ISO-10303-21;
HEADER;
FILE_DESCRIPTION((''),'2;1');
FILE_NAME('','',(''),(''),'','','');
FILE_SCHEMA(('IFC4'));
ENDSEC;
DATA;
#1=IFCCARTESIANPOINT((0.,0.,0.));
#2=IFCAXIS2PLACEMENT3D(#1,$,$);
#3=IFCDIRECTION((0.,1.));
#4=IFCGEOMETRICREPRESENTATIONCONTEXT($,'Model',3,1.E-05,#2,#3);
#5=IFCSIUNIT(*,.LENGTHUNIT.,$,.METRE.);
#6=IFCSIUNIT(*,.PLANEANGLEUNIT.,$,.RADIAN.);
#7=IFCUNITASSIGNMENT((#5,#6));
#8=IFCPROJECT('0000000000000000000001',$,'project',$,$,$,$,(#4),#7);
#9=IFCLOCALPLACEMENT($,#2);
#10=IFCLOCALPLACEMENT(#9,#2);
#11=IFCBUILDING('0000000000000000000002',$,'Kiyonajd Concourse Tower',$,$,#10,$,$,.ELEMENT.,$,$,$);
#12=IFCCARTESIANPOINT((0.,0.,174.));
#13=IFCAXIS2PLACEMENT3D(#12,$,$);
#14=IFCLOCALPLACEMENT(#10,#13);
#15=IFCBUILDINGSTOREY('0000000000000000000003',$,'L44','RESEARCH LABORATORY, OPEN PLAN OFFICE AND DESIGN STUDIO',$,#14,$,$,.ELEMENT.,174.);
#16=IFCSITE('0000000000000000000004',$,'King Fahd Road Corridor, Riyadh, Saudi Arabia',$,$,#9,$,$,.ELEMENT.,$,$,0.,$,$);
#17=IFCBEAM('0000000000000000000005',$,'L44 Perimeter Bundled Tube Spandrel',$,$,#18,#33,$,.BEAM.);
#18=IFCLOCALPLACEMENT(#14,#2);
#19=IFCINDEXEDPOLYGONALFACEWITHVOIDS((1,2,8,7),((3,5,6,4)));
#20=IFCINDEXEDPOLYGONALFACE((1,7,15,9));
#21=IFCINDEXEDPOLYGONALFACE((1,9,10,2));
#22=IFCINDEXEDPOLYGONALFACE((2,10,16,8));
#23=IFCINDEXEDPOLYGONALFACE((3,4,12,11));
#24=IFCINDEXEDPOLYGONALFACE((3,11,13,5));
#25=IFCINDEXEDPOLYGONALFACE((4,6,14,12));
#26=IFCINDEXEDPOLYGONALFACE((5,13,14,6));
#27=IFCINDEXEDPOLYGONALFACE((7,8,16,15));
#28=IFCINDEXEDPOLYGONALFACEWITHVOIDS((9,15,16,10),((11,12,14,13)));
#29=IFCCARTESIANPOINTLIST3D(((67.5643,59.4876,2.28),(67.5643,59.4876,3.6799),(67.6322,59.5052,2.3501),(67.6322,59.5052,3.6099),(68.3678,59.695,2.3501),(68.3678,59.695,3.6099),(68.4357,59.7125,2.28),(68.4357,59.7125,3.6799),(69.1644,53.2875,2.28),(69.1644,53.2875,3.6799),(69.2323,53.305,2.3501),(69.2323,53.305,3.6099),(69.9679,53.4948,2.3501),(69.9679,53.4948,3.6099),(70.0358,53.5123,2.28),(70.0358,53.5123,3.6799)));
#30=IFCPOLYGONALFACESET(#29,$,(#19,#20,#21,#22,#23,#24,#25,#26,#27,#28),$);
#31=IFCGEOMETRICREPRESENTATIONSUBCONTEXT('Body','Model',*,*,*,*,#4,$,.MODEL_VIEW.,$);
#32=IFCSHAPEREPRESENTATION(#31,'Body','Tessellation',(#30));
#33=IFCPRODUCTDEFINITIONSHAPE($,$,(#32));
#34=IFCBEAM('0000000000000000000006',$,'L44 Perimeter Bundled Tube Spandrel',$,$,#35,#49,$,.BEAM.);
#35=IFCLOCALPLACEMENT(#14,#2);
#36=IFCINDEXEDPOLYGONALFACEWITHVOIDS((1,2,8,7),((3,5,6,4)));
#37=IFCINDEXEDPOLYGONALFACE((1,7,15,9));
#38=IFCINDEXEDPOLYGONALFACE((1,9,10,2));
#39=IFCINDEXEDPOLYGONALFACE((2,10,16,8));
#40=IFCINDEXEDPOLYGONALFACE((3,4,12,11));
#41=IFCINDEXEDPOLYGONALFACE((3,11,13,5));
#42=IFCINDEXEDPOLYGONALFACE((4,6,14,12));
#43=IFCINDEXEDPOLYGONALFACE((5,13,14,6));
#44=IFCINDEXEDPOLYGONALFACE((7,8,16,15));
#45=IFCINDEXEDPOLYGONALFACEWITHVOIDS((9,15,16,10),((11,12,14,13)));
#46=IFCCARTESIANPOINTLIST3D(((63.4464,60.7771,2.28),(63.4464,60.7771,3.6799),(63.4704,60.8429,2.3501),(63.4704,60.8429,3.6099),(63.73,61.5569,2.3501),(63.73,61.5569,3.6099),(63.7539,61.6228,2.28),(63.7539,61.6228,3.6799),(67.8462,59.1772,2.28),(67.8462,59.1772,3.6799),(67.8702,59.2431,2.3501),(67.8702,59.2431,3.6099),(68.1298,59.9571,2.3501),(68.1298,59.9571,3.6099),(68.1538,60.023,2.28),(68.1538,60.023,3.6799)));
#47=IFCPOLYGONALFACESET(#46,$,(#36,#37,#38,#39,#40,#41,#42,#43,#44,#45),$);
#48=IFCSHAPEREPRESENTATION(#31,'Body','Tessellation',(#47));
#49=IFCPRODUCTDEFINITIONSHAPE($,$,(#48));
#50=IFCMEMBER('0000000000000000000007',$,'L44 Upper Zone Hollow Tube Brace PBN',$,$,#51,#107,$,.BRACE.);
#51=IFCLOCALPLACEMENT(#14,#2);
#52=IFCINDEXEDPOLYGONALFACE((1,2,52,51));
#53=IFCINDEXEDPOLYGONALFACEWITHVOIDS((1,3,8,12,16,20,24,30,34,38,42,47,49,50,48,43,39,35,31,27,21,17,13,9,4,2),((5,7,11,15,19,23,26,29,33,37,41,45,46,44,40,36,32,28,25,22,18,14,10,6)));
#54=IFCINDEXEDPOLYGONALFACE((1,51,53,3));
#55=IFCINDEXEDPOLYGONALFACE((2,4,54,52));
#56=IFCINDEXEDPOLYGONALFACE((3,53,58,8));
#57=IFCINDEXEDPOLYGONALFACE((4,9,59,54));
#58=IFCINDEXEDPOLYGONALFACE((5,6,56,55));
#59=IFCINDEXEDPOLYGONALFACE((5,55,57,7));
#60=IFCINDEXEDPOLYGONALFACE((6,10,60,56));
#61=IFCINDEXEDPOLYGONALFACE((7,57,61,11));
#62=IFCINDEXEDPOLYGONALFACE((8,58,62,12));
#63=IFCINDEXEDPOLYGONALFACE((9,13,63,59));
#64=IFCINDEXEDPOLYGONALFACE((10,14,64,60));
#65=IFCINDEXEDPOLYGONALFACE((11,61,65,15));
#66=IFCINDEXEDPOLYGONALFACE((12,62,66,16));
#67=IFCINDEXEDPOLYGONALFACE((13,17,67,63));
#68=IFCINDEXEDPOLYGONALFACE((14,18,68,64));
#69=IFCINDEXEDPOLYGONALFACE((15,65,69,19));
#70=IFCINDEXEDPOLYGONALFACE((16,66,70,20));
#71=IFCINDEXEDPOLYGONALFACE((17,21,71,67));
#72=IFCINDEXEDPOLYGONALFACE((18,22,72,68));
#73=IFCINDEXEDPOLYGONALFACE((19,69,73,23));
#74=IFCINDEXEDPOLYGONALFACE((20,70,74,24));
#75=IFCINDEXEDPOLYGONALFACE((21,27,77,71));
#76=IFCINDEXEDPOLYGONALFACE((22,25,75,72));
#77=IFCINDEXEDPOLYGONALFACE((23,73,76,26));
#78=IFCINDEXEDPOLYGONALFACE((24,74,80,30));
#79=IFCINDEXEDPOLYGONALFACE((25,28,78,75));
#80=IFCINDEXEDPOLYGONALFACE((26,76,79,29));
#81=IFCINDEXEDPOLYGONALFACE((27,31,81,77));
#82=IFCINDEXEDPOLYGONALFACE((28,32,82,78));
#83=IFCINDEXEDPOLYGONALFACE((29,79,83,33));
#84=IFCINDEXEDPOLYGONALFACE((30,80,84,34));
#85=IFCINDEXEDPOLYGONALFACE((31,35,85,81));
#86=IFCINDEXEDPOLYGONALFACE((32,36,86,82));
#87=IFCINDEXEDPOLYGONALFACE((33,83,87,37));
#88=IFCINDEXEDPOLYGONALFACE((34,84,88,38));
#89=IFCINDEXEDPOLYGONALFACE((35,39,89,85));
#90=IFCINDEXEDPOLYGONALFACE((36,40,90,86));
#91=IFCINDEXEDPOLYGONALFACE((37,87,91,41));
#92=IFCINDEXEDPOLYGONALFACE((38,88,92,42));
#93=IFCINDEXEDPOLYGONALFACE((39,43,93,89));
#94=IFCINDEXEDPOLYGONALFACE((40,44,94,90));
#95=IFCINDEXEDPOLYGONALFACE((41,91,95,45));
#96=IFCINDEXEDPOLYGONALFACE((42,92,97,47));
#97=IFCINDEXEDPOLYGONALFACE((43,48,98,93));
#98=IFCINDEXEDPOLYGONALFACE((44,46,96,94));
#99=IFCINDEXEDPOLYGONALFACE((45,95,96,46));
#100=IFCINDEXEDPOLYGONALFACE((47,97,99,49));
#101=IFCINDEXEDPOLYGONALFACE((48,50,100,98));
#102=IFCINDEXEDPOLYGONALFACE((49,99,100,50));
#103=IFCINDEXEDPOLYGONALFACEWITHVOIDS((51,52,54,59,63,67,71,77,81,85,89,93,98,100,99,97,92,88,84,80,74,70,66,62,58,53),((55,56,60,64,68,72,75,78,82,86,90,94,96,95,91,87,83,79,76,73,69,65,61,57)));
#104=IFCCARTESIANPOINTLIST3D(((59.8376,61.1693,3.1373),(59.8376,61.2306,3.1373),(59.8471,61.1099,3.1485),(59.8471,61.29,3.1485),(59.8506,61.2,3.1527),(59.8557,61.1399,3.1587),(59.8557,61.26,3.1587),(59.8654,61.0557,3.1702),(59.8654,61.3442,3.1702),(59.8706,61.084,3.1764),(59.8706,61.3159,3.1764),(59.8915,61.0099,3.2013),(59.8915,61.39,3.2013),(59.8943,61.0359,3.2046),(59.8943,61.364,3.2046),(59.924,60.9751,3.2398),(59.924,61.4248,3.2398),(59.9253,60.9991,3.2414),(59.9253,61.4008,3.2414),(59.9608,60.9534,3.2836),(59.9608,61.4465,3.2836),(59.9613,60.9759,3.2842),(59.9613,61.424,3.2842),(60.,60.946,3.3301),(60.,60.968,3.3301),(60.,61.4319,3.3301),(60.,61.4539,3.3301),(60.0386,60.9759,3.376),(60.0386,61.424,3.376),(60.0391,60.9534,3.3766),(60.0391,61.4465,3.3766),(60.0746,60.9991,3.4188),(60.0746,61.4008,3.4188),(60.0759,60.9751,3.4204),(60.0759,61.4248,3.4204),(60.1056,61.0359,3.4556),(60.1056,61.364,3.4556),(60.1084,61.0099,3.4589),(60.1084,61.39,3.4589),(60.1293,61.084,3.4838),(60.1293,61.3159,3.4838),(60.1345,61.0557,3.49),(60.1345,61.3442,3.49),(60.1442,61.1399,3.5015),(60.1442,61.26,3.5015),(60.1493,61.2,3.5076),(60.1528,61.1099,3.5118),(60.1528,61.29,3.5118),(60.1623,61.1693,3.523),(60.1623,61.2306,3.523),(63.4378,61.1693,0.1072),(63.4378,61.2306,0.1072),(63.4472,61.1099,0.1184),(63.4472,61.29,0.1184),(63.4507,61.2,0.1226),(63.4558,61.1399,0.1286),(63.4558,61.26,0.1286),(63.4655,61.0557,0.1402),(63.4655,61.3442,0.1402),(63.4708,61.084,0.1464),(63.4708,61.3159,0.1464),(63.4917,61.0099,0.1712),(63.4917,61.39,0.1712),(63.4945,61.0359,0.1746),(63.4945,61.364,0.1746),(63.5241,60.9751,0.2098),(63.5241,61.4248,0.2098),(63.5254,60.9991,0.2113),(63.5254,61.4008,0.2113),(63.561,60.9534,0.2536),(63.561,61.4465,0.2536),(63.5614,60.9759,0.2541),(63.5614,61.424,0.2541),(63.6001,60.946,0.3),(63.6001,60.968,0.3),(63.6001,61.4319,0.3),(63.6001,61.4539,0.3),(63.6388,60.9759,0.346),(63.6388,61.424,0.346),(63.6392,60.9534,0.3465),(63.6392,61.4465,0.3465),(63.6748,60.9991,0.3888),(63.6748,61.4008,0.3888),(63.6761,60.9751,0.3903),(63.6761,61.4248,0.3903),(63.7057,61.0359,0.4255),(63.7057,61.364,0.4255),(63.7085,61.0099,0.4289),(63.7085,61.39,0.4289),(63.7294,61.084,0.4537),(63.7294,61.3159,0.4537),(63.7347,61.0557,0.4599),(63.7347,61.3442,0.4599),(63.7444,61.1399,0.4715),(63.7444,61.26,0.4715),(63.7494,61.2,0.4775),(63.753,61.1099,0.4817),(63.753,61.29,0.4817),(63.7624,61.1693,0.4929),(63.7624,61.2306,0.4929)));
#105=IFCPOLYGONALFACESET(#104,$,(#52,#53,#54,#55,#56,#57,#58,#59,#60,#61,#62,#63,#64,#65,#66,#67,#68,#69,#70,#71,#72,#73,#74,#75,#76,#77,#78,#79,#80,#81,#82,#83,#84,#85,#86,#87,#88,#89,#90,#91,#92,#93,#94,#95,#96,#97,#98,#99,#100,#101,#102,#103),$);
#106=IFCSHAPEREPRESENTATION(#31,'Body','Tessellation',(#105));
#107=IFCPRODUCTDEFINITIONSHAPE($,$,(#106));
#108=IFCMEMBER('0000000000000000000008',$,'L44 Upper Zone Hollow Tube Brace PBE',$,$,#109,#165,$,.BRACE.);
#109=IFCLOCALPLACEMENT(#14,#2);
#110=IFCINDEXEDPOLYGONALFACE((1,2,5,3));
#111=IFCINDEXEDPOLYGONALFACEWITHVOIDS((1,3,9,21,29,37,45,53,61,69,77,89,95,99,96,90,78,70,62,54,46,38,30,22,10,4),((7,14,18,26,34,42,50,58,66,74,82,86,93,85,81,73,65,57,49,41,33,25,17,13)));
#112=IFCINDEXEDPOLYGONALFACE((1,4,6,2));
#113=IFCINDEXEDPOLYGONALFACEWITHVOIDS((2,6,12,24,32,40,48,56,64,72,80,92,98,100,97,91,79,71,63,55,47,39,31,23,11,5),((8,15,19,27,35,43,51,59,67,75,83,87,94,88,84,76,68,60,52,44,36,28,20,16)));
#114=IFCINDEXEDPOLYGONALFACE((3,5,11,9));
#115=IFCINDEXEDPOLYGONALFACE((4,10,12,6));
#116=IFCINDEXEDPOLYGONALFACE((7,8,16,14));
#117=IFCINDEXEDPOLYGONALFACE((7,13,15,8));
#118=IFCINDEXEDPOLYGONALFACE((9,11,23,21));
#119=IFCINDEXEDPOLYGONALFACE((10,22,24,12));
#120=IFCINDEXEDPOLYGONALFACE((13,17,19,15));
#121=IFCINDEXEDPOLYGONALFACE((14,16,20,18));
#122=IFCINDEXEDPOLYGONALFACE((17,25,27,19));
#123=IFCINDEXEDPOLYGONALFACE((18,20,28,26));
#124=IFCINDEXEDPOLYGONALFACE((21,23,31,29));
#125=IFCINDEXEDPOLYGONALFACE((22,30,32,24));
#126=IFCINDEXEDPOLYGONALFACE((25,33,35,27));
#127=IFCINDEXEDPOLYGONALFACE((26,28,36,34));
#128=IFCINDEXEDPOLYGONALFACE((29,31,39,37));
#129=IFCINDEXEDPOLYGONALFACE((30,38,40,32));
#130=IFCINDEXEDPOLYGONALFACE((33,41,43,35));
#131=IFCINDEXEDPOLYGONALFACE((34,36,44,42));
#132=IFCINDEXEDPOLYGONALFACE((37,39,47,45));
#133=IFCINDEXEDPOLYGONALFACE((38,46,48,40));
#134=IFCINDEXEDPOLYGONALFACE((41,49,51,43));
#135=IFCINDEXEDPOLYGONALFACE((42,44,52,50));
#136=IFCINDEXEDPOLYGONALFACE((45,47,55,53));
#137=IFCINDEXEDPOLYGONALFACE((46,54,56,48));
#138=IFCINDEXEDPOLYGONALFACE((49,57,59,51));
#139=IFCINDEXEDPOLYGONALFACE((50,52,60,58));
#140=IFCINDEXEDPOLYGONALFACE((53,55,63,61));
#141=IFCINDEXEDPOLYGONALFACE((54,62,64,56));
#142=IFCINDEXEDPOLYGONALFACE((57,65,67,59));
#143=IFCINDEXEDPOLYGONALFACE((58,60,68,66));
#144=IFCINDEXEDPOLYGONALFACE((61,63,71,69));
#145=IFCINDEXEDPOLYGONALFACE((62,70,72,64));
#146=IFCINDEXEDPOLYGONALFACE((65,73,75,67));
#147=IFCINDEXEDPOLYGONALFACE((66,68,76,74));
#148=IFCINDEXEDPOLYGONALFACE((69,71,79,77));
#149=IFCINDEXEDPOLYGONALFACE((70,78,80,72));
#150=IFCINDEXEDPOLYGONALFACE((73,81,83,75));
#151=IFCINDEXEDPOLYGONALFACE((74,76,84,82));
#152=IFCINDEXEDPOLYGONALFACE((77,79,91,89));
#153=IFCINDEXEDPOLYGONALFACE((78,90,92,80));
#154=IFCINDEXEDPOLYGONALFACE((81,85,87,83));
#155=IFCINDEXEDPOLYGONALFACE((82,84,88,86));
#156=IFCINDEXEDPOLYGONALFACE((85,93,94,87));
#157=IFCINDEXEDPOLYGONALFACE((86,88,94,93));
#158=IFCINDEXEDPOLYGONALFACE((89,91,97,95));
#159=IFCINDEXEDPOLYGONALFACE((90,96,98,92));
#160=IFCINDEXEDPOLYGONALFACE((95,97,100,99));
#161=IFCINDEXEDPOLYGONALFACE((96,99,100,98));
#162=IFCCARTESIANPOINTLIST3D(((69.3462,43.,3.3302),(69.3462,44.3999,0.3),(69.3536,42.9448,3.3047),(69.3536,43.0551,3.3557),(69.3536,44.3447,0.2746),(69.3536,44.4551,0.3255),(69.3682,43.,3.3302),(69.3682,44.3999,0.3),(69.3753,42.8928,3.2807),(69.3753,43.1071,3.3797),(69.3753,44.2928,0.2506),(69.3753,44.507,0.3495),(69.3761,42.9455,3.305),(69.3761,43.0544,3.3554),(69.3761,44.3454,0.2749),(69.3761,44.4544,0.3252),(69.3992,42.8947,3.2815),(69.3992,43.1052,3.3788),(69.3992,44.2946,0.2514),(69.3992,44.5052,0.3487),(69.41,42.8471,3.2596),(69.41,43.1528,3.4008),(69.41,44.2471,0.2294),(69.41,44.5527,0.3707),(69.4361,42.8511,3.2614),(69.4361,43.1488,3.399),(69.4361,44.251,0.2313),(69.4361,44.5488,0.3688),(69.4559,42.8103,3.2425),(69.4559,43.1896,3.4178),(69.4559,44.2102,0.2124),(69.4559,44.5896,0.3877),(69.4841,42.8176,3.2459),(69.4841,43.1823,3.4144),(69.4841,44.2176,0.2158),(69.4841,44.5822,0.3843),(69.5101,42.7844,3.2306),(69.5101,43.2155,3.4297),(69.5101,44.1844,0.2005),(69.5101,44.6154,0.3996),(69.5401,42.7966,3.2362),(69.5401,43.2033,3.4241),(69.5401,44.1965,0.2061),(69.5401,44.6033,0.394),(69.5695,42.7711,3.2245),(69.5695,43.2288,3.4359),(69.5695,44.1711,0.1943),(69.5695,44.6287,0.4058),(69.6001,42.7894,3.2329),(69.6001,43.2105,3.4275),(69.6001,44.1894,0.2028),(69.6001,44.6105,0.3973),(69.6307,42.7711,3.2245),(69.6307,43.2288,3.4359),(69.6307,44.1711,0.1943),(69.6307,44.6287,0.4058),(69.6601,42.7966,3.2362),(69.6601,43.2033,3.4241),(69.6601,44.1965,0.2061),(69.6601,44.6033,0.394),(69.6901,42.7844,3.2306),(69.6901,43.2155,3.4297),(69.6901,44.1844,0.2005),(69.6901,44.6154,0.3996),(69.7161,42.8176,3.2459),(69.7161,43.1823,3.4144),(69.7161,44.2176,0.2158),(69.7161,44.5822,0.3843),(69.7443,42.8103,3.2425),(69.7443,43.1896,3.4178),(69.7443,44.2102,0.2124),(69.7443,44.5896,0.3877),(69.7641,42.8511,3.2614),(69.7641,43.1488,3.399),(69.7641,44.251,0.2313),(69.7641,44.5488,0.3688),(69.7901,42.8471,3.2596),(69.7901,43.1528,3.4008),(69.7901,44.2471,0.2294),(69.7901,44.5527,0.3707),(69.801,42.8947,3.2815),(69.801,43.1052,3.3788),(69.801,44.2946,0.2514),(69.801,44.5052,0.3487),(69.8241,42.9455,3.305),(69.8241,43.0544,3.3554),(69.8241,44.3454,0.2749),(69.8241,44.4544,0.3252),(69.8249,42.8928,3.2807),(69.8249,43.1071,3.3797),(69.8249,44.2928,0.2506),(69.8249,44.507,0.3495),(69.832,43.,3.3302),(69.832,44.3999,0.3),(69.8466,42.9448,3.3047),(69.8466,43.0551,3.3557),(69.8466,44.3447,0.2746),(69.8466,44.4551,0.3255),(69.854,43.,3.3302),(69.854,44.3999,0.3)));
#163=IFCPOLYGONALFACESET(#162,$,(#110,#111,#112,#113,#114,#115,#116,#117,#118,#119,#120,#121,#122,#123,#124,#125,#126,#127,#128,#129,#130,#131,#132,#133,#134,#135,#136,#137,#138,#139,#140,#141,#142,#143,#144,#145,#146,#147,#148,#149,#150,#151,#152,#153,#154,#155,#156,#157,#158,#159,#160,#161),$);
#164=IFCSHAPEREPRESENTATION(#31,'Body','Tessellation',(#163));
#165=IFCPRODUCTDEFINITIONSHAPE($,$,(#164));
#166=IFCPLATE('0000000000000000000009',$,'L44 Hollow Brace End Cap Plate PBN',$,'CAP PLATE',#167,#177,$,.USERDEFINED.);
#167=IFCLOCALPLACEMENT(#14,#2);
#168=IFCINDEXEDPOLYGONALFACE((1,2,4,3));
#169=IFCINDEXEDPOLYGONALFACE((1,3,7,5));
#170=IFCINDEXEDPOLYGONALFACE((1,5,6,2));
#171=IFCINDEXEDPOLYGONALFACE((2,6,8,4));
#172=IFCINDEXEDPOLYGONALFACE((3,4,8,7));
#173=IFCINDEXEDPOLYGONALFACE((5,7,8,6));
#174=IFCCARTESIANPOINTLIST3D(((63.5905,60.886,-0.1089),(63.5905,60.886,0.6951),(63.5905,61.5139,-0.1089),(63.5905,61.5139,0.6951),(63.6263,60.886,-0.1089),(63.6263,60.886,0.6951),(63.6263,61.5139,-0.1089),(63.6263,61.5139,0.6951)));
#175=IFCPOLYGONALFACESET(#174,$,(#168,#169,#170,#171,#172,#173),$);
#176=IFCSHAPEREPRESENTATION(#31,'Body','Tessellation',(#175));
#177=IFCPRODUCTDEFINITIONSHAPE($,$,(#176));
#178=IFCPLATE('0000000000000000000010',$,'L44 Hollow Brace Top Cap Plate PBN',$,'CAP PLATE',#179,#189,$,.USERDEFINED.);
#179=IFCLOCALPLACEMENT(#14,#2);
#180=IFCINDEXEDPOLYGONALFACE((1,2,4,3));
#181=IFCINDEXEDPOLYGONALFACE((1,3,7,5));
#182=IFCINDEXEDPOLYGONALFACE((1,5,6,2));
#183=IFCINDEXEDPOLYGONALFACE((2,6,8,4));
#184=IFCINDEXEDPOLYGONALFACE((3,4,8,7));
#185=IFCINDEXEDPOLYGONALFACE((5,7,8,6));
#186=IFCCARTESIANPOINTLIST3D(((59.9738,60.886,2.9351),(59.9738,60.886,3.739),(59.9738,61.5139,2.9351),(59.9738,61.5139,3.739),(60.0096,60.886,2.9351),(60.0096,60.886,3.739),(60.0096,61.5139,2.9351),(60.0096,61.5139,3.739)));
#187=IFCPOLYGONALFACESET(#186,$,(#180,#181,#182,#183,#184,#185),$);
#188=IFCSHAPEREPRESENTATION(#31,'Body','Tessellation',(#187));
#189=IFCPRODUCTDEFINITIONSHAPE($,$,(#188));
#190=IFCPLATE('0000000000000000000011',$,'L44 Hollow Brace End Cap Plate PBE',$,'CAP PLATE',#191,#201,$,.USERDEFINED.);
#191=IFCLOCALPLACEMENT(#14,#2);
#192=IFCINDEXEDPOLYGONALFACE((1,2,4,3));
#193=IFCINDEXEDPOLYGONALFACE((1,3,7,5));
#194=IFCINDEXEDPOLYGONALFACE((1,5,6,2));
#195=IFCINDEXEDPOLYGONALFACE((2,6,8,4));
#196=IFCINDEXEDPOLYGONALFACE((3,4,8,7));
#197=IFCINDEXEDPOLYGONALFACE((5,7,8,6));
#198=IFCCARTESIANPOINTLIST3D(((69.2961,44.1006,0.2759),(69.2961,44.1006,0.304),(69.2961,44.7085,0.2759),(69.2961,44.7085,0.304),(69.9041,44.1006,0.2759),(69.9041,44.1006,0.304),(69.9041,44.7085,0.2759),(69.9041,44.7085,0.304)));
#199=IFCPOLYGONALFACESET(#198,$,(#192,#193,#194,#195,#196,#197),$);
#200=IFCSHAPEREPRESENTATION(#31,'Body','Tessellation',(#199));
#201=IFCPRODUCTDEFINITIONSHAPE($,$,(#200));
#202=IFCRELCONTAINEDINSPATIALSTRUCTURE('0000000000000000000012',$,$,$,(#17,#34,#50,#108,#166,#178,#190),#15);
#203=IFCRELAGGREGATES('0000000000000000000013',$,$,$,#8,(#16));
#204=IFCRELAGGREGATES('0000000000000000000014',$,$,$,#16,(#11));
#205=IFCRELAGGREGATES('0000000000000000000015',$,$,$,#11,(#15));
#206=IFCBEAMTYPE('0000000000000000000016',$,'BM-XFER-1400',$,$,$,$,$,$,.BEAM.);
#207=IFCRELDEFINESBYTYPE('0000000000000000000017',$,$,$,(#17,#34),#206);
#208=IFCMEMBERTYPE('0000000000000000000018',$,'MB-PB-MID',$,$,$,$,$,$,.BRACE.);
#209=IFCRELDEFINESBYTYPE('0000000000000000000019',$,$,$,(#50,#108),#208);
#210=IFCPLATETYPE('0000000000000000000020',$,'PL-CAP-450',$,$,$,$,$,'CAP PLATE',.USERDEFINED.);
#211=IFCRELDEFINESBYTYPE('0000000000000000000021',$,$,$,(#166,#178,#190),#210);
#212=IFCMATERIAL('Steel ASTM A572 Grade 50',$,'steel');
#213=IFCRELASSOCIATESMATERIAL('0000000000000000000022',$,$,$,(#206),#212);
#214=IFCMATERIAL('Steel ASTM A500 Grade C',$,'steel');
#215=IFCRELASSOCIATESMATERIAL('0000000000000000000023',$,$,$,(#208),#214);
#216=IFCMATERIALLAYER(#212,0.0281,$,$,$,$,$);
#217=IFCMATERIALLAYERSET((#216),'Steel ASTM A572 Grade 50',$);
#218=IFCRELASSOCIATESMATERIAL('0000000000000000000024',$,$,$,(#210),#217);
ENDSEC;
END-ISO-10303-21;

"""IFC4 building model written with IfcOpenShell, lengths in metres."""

from ifc_helpers import new_model, si_unit, direction, frame, origin, origin_2d, place, context, subcontext, project, spatial, rectangle, hollow_rectangle, hollow_circle, extrude, material, layer, layer_set, material_profile, profile_set, type_object, element, save


model = new_model("IFC4")

# Units and contexts
model_context = context("Model", 3, precision=1e-05, world=origin(), true_north=direction((0.0, 1.0)))
body_context = subcontext(model_context, "Body", "Model", "MODEL_VIEW")
ifc_project = project(units=[si_unit("LENGTHUNIT", "METRE"), si_unit("PLANEANGLEUNIT", "RADIAN")], contexts=[model_context])

# Site, building, storey
site_placement = place(None, origin())
site = spatial("IfcSite", under=ifc_project, at=site_placement, Name="King Fahd Road Corridor, Riyadh, Saudi Arabia", CompositionType="ELEMENT", RefElevation=0.0)
building_placement = place(site_placement, origin())
building = spatial("IfcBuilding", under=site, at=building_placement, Name="Kiyonajd Concourse Tower", CompositionType="ELEMENT")
storey_placement = place(building_placement, frame((0.0, 0.0, 174.0)))
storey = spatial("IfcBuildingStorey", under=building, at=storey_placement, Name="L44", Description="RESEARCH LABORATORY, OPEN PLAN OFFICE AND DESIGN STUDIO", CompositionType="ELEMENT", Elevation=174.0)

# Beams
ifc_material_1 = material(Name="Steel ASTM A572 Grade 50", Category="steel")
ifc_material_profile_1 = material_profile(ifc_material_1, hollow_rectangle(XDim=0.8999, YDim=1.3999, WallThickness=0.0701, at=origin_2d()), Name="BOX-1400x900x70")
ifc_profile_set_1 = profile_set([ifc_material_profile_1], Name="Steel ASTM A572 Grade 50")
beam_type_1 = type_object("IfcBeamType", Name="BM-XFER-1400", PredefinedType="BEAM", material=ifc_profile_set_1)
beam_1_placement = place(storey_placement, frame((69.6001, 53.3999, 2.98), z_axis=(-0.249885, 0.968276, 0.0), x_axis=(-0.968276, -0.249885, 0.0)))
element("IfcBeam", 1, at=beam_1_placement, inside=storey, type_object=beam_type_1, Name="L44 Perimeter Bundled Tube Spandrel", PredefinedType="BEAM", context=body_context, shape_type="SweptSolid", body=[
    extrude(hollow_rectangle(XDim=0.8999, YDim=1.3999, WallThickness=0.0701, at=origin_2d()), origin(), (0.0, 0.0, 1.0), 6.4033),
])
beam_2_placement = place(storey_placement, frame((68.0, 59.6001, 2.98), z_axis=(-0.939801, 0.341722, 0.0), x_axis=(-0.341722, -0.939801, 0.0)))
element("IfcBeam", 2, at=beam_2_placement, inside=storey, type_object=beam_type_1, Name="L44 Perimeter Bundled Tube Spandrel", PredefinedType="BEAM", context=body_context, shape_type="SweptSolid", body=[
    extrude(hollow_rectangle(XDim=0.8999, YDim=1.3999, WallThickness=0.0701, at=origin_2d()), origin(), (0.0, 0.0, 1.0), 4.6816),
])

# Members
ifc_material_2 = material(Name="Steel ASTM A500 Grade C", Category="steel")
ifc_material_profile_2 = material_profile(ifc_material_2, hollow_circle(Radius=0.2539, WallThickness=0.022, at=origin_2d()), Name="CHS-508x22")
ifc_profile_set_2 = profile_set([ifc_material_profile_2], Name="Steel ASTM A500 Grade C")
member_type = type_object("IfcMemberType", Name="MB-PB-MID", PredefinedType="BRACE", material=ifc_profile_set_2)
member_1_placement = place(storey_placement, frame((63.6001, 61.2, 0.3), z_axis=(-0.765082, 0.0, 0.643933), x_axis=(0.0, -1.0, 0.0)))
element("IfcMember", 3, at=member_1_placement, inside=storey, type_object=member_type, Name="L44 Upper Zone Hollow Tube Brace PBN", PredefinedType="BRACE", context=body_context, shape_type="SweptSolid", body=[
    extrude(hollow_circle(Radius=0.2539, WallThickness=0.022, at=origin_2d()), origin(), (0.0, 0.0, 1.0), 4.7056),
])
member_2_placement = place(storey_placement, frame((69.6001, 44.3999, 0.3), z_axis=(0.0, -0.419411, 0.907797), x_axis=(1.0, 0.0, 0.0)))
element("IfcMember", 4, at=member_2_placement, inside=storey, type_object=member_type, Name="L44 Upper Zone Hollow Tube Brace PBE", PredefinedType="BRACE", context=body_context, shape_type="SweptSolid", body=[
    extrude(hollow_circle(Radius=0.2539, WallThickness=0.022, at=origin_2d()), origin(), (0.0, 0.0, 1.0), 3.3379),
])

# Plates
ifc_layer_1 = layer(ifc_material_1, 0.0281)
ifc_layer_set_1 = layer_set([ifc_layer_1], Name="Steel ASTM A572 Grade 50")
plate_type_1 = type_object("IfcPlateType", Name="PL-CAP-450", ElementType="CAP PLATE", PredefinedType="USERDEFINED", material=ifc_layer_set_1)
for number, where, z_axis, x_axis, name in (
    (5, (63.6084, 61.2, -0.1089), (0.0, 0.0, 1.0), (1.0, 0.0, 0.0), "L44 Hollow Brace End Cap Plate PBN"),
    (6, (59.9917, 61.2, 2.9351), (0.0, 0.0, 1.0), (-1.0, 0.0, 0.0), "L44 Hollow Brace Top Cap Plate PBN"),
):
    element("IfcPlate", number, at=place(storey_placement, frame(where, z_axis=z_axis, x_axis=x_axis)), inside=storey, type_object=plate_type_1, Name=name, ObjectType="CAP PLATE", PredefinedType="USERDEFINED", context=body_context, shape_type="SweptSolid", body=[
        extrude(rectangle(XDim=0.0359, YDim=0.6279, at=origin_2d()), origin(), (0.0, 0.0, 1.0), 0.804),
    ])
plate_placement = place(storey_placement, frame((69.6001, 44.4045, 0.2759), z_axis=(0.0, 0.0, 1.0), x_axis=(1.0, 0.0, 0.0)))
element("IfcPlate", 7, at=plate_placement, inside=storey, type_object=plate_type_1, Name="L44 Hollow Brace End Cap Plate PBE", ObjectType="CAP PLATE", PredefinedType="USERDEFINED", context=body_context, shape_type="SweptSolid", body=[
    extrude(rectangle(XDim=0.6079, YDim=0.6079, at=origin_2d()), origin(), (0.0, 0.0, 1.0), 0.0281),
])

save(model, "model.ifc")
